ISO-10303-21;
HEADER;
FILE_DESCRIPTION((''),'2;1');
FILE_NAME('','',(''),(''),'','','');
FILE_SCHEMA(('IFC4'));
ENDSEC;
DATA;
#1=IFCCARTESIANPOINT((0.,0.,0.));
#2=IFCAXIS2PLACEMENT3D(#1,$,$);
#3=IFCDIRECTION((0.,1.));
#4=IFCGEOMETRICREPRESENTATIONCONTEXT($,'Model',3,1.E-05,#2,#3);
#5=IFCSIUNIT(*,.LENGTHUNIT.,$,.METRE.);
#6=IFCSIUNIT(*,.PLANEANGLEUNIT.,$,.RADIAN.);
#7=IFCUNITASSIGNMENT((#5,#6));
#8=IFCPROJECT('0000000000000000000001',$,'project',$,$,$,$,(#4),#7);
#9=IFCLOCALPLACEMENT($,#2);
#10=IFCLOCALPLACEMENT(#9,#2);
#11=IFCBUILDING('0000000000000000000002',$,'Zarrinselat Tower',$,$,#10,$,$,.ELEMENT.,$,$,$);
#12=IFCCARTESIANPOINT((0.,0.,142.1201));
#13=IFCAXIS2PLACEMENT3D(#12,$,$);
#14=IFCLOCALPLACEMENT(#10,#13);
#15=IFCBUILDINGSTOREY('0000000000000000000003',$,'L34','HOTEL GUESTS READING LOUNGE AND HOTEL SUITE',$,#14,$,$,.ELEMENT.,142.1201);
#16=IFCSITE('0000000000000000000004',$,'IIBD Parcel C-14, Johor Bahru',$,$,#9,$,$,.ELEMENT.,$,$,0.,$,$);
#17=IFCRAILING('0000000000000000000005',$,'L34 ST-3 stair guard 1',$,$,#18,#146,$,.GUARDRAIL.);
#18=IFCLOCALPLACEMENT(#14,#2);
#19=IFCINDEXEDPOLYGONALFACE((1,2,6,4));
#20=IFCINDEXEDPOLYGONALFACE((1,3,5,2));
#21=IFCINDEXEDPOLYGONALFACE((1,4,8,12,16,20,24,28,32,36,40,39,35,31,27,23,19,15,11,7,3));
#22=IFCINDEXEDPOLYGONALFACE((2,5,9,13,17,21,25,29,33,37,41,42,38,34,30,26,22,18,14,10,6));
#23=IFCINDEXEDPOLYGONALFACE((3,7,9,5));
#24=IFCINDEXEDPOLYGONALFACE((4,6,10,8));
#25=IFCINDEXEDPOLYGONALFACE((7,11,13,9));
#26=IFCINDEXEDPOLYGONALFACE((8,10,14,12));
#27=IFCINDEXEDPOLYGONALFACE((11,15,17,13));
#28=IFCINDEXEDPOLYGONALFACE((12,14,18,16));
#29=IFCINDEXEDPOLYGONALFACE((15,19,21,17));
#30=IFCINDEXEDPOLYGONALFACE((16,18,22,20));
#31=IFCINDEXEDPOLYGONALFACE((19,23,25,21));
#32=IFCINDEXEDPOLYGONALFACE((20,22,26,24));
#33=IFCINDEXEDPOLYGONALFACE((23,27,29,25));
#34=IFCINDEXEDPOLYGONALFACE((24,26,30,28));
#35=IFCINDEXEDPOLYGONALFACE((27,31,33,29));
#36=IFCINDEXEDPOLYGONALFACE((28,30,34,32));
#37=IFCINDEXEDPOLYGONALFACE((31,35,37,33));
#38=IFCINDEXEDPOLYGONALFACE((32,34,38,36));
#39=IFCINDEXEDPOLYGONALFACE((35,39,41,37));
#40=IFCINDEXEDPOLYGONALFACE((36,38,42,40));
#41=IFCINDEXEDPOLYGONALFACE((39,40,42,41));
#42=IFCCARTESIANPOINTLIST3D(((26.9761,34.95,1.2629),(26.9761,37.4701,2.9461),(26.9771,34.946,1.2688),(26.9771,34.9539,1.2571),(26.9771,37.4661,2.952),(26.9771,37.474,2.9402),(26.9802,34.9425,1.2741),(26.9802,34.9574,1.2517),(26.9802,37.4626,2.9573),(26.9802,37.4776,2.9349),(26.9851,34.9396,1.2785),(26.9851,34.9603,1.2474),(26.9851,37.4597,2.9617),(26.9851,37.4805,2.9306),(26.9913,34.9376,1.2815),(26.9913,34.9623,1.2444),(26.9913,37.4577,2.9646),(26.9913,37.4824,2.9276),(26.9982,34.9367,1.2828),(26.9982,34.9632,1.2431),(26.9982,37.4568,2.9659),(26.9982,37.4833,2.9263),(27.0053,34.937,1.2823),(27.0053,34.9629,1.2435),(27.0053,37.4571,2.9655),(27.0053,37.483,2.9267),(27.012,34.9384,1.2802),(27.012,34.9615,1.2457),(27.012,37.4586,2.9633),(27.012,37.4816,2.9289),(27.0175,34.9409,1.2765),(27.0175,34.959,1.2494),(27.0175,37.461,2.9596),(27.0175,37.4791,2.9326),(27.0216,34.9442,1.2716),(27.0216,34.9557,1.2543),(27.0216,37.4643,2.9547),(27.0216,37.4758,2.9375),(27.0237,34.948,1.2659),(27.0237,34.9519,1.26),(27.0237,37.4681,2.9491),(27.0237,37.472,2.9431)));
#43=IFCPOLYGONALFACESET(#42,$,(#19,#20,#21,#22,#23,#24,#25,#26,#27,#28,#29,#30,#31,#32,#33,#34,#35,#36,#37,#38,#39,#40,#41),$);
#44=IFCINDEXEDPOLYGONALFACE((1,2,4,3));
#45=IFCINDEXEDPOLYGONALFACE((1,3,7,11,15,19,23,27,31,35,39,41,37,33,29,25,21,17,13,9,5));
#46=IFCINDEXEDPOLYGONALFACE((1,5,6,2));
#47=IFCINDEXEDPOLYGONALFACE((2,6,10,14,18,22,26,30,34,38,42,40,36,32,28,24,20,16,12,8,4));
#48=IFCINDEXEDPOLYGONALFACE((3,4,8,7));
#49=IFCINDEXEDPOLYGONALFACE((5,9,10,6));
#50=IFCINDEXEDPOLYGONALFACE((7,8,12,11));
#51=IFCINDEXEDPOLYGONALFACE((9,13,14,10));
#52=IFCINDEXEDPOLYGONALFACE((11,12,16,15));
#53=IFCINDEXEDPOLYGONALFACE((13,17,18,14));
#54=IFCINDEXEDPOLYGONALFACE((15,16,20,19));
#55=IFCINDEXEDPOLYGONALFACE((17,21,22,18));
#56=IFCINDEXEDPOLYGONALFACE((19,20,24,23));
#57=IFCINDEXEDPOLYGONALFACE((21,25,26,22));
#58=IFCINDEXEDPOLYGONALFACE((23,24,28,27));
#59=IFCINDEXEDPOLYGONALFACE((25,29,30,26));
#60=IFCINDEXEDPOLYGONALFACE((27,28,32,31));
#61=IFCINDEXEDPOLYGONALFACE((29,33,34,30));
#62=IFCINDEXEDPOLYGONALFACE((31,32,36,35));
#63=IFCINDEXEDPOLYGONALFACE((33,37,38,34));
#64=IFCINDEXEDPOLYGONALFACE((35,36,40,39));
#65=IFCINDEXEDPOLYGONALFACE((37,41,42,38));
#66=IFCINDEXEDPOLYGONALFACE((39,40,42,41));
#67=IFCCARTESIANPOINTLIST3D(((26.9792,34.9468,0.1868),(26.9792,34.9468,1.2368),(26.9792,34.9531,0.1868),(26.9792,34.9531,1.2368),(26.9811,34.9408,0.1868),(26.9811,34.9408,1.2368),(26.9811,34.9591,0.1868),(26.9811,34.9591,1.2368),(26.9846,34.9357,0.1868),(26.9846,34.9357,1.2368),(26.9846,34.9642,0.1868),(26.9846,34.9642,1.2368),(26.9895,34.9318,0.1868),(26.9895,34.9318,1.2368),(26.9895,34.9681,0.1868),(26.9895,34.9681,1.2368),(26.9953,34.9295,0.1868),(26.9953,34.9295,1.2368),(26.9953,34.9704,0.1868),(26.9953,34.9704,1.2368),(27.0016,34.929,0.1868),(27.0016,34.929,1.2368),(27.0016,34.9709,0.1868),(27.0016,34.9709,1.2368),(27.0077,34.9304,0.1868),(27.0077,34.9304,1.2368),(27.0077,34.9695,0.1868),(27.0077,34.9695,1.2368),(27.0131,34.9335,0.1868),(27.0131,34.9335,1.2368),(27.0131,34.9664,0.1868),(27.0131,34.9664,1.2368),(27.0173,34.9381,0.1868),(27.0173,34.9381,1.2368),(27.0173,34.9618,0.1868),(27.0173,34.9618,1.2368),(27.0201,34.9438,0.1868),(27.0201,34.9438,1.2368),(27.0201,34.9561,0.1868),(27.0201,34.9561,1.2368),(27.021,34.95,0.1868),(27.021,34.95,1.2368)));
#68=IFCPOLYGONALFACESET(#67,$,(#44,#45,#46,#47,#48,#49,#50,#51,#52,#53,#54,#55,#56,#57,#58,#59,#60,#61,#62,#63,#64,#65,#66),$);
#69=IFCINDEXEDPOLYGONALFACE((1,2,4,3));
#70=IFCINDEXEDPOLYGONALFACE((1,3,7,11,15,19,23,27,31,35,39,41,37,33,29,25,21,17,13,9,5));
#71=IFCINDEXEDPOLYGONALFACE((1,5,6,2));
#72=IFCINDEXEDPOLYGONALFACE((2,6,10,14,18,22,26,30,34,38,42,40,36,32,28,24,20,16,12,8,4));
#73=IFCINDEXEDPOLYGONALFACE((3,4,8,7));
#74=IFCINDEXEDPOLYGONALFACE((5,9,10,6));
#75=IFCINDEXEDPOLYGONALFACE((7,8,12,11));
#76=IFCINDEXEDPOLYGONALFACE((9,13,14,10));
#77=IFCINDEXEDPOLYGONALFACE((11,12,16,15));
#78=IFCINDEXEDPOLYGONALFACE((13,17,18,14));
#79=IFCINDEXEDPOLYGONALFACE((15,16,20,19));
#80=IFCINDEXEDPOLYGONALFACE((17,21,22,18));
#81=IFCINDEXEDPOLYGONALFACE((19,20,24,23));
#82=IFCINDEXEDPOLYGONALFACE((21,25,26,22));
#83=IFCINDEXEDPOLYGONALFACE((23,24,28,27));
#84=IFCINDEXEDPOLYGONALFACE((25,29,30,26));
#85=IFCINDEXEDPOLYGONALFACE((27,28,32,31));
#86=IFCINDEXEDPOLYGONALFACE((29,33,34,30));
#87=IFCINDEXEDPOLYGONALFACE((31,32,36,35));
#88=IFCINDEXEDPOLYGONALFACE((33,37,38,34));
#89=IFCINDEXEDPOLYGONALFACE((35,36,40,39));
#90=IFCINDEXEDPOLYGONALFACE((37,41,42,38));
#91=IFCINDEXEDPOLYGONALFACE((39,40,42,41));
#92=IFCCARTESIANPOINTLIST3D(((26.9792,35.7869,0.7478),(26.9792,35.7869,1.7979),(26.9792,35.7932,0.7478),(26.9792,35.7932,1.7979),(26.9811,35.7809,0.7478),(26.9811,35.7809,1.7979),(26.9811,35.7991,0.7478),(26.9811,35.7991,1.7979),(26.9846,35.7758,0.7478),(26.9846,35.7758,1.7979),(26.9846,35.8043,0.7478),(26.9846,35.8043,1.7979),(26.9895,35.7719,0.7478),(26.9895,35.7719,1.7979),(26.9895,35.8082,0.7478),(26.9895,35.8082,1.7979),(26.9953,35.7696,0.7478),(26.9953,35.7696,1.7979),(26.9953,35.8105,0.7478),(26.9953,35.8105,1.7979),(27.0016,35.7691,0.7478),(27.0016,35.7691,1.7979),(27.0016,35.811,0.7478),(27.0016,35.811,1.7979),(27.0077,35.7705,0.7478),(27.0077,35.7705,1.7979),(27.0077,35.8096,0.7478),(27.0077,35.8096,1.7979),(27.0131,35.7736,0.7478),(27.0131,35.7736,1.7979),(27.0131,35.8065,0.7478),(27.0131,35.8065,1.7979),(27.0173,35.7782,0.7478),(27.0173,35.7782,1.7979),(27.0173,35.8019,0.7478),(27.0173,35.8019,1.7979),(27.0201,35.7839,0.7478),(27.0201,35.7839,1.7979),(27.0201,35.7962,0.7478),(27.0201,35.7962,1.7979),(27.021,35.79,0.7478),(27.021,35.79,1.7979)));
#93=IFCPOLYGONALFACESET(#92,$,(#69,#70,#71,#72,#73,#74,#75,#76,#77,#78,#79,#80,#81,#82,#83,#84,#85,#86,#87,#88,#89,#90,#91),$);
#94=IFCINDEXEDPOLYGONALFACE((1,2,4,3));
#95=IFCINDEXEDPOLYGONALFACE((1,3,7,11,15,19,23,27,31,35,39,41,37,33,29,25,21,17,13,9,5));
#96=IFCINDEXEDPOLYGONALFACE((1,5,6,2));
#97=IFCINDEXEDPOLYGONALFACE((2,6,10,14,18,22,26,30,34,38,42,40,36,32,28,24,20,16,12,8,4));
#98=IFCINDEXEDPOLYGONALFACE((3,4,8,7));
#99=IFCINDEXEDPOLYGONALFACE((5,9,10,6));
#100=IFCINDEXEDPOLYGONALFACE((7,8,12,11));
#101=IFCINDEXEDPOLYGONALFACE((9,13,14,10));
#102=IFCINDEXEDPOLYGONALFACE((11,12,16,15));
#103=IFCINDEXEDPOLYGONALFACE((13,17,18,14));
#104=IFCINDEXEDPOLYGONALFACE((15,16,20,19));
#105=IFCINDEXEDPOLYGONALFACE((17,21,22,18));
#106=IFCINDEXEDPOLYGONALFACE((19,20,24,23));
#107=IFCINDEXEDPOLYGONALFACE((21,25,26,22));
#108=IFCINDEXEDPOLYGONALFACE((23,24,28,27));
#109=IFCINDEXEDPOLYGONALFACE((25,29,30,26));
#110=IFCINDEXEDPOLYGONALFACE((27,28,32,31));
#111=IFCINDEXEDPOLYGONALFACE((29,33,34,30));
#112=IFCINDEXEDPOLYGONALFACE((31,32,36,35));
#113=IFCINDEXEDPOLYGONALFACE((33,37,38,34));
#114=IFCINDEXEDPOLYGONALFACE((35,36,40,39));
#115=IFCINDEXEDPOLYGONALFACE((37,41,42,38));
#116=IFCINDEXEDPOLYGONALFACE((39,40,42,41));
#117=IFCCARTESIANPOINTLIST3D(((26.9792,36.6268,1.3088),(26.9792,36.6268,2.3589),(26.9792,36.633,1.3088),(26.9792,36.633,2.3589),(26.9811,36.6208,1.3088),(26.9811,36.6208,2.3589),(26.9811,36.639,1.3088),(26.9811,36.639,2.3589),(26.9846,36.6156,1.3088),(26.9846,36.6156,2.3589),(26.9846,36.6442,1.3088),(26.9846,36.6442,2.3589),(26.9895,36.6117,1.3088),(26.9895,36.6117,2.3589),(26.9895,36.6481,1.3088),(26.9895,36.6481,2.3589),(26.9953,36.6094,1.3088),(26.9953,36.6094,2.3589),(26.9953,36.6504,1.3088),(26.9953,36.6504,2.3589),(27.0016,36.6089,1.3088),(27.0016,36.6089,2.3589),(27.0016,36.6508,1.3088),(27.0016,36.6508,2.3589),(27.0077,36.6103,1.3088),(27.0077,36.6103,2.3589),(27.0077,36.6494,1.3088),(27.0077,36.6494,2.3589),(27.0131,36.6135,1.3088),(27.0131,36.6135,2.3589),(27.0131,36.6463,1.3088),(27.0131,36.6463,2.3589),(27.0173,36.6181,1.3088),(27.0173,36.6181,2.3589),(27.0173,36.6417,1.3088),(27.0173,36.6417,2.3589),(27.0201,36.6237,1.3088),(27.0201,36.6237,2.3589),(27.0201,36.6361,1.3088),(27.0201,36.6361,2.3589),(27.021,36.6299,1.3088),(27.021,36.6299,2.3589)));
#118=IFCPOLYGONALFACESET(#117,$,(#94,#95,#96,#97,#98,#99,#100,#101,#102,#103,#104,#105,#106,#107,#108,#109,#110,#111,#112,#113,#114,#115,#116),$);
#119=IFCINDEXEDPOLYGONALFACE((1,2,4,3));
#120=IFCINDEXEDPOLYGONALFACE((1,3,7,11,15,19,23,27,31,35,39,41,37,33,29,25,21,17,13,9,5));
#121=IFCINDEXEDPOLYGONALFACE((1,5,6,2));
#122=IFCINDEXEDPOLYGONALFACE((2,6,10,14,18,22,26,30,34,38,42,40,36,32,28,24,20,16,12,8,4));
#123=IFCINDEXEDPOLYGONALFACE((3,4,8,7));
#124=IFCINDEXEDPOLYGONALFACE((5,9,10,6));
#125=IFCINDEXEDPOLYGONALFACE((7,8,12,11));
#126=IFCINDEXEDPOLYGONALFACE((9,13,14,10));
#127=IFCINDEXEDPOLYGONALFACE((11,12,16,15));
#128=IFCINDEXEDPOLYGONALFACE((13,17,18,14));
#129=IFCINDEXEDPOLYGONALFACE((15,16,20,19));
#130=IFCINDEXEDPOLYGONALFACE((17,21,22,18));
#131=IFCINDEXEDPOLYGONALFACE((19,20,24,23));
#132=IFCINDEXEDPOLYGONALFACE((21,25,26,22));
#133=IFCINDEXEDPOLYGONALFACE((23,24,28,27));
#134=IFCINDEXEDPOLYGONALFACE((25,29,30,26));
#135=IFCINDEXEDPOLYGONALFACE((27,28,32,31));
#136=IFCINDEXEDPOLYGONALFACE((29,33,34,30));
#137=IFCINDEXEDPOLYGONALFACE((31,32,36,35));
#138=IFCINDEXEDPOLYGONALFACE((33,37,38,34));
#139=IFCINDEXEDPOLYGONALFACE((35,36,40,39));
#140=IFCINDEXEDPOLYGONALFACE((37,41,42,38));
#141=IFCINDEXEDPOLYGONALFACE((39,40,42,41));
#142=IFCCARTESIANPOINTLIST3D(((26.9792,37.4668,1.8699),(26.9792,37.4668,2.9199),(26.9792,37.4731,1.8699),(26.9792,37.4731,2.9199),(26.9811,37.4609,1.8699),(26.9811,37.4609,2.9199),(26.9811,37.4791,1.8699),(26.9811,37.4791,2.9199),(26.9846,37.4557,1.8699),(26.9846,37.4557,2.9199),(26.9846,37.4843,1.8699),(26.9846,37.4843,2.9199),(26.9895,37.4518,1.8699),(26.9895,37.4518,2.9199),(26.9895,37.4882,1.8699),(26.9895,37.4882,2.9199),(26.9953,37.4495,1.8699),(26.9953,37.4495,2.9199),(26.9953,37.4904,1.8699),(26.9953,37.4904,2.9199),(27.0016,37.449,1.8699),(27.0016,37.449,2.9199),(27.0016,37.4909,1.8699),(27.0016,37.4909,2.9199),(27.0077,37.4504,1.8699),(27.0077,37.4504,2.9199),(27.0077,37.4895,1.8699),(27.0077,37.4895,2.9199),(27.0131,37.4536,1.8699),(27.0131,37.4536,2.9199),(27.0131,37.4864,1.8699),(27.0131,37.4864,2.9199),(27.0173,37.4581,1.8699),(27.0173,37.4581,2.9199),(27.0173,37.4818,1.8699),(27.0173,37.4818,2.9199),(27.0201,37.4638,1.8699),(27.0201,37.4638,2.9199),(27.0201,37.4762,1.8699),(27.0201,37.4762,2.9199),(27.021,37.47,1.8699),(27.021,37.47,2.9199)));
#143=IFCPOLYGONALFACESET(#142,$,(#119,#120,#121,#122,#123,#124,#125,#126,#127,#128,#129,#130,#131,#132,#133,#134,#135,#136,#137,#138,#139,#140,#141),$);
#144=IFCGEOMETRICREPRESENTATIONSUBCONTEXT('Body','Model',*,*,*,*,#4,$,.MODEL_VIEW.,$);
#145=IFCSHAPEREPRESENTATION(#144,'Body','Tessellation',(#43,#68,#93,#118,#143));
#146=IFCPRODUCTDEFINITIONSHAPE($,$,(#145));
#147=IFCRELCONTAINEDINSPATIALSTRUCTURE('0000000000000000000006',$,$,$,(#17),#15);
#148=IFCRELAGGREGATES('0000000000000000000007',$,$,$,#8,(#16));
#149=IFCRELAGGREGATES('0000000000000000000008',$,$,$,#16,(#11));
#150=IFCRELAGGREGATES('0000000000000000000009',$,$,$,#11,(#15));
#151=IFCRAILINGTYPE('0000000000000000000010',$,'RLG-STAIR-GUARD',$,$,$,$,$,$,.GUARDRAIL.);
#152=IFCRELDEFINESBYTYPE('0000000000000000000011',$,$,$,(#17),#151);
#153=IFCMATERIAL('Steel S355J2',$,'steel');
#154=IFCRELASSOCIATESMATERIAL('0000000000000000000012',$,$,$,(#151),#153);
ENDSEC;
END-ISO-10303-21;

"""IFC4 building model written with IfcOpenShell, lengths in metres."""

from ifc_helpers import new_model, si_unit, direction, frame, origin, origin_2d, place, context, subcontext, project, spatial, circle, extrude, material, type_object, element, save


model = new_model("IFC4")

# Units and contexts
model_context = context("Model", 3, precision=1e-05, world=origin(), true_north=direction((0.0, 1.0)))
body_context = subcontext(model_context, "Body", "Model", "MODEL_VIEW")
ifc_project = project(units=[si_unit("LENGTHUNIT", "METRE"), si_unit("PLANEANGLEUNIT", "RADIAN")], contexts=[model_context])

# Site, building, storey
site_placement = place(None, origin())
site = spatial("IfcSite", under=ifc_project, at=site_placement, Name="IIBD Parcel C-14, Johor Bahru", CompositionType="ELEMENT", RefElevation=0.0)
building_placement = place(site_placement, origin())
building = spatial("IfcBuilding", under=site, at=building_placement, Name="Zarrinselat Tower", CompositionType="ELEMENT")
storey_placement = place(building_placement, frame((0.0, 0.0, 142.1201)))
storey = spatial("IfcBuildingStorey", under=building, at=storey_placement, Name="L34", Description="HOTEL GUESTS READING LOUNGE AND HOTEL SUITE", CompositionType="ELEMENT", Elevation=142.1201)

# Railing
ifc_material_1 = material(Name="Steel S355J2", Category="steel")
railing_type = type_object("IfcRailingType", Name="RLG-STAIR-GUARD", PredefinedType="GUARDRAIL", material=ifc_material_1)
railing_1_placement = place(storey_placement, frame((27.0, 34.95, 0.1868)))
element("IfcRailing", 1, at=railing_1_placement, inside=storey, type_object=railing_type, Name="L34 ST-3 stair guard 1", PredefinedType="GUARDRAIL", context=body_context, shape_type="SweptSolid", body=[
    extrude(circle(Radius=0.0239, at=origin_2d()), frame((0.0, 0.0, 1.0762), z_axis=(0.0, 0.831579, 0.555406), x_axis=(-1.0, 0.0, 0.0)), (0.0, 0.0, 1.0), 3.0305),
    extrude(circle(Radius=0.021, at=origin_2d()), origin(), (0.0, 0.0, 1.0), 1.05),
    extrude(circle(Radius=0.021, at=origin_2d()), frame((0.0, 0.8401, 0.561)), (0.0, 0.0, 1.0), 1.05),
    extrude(circle(Radius=0.021, at=origin_2d()), frame((0.0, 1.6799, 1.1221)), (0.0, 0.0, 1.0), 1.05),
    extrude(circle(Radius=0.021, at=origin_2d()), frame((0.0, 2.52, 1.6831)), (0.0, 0.0, 1.0), 1.05),
])

save(model, "model.ifc")
